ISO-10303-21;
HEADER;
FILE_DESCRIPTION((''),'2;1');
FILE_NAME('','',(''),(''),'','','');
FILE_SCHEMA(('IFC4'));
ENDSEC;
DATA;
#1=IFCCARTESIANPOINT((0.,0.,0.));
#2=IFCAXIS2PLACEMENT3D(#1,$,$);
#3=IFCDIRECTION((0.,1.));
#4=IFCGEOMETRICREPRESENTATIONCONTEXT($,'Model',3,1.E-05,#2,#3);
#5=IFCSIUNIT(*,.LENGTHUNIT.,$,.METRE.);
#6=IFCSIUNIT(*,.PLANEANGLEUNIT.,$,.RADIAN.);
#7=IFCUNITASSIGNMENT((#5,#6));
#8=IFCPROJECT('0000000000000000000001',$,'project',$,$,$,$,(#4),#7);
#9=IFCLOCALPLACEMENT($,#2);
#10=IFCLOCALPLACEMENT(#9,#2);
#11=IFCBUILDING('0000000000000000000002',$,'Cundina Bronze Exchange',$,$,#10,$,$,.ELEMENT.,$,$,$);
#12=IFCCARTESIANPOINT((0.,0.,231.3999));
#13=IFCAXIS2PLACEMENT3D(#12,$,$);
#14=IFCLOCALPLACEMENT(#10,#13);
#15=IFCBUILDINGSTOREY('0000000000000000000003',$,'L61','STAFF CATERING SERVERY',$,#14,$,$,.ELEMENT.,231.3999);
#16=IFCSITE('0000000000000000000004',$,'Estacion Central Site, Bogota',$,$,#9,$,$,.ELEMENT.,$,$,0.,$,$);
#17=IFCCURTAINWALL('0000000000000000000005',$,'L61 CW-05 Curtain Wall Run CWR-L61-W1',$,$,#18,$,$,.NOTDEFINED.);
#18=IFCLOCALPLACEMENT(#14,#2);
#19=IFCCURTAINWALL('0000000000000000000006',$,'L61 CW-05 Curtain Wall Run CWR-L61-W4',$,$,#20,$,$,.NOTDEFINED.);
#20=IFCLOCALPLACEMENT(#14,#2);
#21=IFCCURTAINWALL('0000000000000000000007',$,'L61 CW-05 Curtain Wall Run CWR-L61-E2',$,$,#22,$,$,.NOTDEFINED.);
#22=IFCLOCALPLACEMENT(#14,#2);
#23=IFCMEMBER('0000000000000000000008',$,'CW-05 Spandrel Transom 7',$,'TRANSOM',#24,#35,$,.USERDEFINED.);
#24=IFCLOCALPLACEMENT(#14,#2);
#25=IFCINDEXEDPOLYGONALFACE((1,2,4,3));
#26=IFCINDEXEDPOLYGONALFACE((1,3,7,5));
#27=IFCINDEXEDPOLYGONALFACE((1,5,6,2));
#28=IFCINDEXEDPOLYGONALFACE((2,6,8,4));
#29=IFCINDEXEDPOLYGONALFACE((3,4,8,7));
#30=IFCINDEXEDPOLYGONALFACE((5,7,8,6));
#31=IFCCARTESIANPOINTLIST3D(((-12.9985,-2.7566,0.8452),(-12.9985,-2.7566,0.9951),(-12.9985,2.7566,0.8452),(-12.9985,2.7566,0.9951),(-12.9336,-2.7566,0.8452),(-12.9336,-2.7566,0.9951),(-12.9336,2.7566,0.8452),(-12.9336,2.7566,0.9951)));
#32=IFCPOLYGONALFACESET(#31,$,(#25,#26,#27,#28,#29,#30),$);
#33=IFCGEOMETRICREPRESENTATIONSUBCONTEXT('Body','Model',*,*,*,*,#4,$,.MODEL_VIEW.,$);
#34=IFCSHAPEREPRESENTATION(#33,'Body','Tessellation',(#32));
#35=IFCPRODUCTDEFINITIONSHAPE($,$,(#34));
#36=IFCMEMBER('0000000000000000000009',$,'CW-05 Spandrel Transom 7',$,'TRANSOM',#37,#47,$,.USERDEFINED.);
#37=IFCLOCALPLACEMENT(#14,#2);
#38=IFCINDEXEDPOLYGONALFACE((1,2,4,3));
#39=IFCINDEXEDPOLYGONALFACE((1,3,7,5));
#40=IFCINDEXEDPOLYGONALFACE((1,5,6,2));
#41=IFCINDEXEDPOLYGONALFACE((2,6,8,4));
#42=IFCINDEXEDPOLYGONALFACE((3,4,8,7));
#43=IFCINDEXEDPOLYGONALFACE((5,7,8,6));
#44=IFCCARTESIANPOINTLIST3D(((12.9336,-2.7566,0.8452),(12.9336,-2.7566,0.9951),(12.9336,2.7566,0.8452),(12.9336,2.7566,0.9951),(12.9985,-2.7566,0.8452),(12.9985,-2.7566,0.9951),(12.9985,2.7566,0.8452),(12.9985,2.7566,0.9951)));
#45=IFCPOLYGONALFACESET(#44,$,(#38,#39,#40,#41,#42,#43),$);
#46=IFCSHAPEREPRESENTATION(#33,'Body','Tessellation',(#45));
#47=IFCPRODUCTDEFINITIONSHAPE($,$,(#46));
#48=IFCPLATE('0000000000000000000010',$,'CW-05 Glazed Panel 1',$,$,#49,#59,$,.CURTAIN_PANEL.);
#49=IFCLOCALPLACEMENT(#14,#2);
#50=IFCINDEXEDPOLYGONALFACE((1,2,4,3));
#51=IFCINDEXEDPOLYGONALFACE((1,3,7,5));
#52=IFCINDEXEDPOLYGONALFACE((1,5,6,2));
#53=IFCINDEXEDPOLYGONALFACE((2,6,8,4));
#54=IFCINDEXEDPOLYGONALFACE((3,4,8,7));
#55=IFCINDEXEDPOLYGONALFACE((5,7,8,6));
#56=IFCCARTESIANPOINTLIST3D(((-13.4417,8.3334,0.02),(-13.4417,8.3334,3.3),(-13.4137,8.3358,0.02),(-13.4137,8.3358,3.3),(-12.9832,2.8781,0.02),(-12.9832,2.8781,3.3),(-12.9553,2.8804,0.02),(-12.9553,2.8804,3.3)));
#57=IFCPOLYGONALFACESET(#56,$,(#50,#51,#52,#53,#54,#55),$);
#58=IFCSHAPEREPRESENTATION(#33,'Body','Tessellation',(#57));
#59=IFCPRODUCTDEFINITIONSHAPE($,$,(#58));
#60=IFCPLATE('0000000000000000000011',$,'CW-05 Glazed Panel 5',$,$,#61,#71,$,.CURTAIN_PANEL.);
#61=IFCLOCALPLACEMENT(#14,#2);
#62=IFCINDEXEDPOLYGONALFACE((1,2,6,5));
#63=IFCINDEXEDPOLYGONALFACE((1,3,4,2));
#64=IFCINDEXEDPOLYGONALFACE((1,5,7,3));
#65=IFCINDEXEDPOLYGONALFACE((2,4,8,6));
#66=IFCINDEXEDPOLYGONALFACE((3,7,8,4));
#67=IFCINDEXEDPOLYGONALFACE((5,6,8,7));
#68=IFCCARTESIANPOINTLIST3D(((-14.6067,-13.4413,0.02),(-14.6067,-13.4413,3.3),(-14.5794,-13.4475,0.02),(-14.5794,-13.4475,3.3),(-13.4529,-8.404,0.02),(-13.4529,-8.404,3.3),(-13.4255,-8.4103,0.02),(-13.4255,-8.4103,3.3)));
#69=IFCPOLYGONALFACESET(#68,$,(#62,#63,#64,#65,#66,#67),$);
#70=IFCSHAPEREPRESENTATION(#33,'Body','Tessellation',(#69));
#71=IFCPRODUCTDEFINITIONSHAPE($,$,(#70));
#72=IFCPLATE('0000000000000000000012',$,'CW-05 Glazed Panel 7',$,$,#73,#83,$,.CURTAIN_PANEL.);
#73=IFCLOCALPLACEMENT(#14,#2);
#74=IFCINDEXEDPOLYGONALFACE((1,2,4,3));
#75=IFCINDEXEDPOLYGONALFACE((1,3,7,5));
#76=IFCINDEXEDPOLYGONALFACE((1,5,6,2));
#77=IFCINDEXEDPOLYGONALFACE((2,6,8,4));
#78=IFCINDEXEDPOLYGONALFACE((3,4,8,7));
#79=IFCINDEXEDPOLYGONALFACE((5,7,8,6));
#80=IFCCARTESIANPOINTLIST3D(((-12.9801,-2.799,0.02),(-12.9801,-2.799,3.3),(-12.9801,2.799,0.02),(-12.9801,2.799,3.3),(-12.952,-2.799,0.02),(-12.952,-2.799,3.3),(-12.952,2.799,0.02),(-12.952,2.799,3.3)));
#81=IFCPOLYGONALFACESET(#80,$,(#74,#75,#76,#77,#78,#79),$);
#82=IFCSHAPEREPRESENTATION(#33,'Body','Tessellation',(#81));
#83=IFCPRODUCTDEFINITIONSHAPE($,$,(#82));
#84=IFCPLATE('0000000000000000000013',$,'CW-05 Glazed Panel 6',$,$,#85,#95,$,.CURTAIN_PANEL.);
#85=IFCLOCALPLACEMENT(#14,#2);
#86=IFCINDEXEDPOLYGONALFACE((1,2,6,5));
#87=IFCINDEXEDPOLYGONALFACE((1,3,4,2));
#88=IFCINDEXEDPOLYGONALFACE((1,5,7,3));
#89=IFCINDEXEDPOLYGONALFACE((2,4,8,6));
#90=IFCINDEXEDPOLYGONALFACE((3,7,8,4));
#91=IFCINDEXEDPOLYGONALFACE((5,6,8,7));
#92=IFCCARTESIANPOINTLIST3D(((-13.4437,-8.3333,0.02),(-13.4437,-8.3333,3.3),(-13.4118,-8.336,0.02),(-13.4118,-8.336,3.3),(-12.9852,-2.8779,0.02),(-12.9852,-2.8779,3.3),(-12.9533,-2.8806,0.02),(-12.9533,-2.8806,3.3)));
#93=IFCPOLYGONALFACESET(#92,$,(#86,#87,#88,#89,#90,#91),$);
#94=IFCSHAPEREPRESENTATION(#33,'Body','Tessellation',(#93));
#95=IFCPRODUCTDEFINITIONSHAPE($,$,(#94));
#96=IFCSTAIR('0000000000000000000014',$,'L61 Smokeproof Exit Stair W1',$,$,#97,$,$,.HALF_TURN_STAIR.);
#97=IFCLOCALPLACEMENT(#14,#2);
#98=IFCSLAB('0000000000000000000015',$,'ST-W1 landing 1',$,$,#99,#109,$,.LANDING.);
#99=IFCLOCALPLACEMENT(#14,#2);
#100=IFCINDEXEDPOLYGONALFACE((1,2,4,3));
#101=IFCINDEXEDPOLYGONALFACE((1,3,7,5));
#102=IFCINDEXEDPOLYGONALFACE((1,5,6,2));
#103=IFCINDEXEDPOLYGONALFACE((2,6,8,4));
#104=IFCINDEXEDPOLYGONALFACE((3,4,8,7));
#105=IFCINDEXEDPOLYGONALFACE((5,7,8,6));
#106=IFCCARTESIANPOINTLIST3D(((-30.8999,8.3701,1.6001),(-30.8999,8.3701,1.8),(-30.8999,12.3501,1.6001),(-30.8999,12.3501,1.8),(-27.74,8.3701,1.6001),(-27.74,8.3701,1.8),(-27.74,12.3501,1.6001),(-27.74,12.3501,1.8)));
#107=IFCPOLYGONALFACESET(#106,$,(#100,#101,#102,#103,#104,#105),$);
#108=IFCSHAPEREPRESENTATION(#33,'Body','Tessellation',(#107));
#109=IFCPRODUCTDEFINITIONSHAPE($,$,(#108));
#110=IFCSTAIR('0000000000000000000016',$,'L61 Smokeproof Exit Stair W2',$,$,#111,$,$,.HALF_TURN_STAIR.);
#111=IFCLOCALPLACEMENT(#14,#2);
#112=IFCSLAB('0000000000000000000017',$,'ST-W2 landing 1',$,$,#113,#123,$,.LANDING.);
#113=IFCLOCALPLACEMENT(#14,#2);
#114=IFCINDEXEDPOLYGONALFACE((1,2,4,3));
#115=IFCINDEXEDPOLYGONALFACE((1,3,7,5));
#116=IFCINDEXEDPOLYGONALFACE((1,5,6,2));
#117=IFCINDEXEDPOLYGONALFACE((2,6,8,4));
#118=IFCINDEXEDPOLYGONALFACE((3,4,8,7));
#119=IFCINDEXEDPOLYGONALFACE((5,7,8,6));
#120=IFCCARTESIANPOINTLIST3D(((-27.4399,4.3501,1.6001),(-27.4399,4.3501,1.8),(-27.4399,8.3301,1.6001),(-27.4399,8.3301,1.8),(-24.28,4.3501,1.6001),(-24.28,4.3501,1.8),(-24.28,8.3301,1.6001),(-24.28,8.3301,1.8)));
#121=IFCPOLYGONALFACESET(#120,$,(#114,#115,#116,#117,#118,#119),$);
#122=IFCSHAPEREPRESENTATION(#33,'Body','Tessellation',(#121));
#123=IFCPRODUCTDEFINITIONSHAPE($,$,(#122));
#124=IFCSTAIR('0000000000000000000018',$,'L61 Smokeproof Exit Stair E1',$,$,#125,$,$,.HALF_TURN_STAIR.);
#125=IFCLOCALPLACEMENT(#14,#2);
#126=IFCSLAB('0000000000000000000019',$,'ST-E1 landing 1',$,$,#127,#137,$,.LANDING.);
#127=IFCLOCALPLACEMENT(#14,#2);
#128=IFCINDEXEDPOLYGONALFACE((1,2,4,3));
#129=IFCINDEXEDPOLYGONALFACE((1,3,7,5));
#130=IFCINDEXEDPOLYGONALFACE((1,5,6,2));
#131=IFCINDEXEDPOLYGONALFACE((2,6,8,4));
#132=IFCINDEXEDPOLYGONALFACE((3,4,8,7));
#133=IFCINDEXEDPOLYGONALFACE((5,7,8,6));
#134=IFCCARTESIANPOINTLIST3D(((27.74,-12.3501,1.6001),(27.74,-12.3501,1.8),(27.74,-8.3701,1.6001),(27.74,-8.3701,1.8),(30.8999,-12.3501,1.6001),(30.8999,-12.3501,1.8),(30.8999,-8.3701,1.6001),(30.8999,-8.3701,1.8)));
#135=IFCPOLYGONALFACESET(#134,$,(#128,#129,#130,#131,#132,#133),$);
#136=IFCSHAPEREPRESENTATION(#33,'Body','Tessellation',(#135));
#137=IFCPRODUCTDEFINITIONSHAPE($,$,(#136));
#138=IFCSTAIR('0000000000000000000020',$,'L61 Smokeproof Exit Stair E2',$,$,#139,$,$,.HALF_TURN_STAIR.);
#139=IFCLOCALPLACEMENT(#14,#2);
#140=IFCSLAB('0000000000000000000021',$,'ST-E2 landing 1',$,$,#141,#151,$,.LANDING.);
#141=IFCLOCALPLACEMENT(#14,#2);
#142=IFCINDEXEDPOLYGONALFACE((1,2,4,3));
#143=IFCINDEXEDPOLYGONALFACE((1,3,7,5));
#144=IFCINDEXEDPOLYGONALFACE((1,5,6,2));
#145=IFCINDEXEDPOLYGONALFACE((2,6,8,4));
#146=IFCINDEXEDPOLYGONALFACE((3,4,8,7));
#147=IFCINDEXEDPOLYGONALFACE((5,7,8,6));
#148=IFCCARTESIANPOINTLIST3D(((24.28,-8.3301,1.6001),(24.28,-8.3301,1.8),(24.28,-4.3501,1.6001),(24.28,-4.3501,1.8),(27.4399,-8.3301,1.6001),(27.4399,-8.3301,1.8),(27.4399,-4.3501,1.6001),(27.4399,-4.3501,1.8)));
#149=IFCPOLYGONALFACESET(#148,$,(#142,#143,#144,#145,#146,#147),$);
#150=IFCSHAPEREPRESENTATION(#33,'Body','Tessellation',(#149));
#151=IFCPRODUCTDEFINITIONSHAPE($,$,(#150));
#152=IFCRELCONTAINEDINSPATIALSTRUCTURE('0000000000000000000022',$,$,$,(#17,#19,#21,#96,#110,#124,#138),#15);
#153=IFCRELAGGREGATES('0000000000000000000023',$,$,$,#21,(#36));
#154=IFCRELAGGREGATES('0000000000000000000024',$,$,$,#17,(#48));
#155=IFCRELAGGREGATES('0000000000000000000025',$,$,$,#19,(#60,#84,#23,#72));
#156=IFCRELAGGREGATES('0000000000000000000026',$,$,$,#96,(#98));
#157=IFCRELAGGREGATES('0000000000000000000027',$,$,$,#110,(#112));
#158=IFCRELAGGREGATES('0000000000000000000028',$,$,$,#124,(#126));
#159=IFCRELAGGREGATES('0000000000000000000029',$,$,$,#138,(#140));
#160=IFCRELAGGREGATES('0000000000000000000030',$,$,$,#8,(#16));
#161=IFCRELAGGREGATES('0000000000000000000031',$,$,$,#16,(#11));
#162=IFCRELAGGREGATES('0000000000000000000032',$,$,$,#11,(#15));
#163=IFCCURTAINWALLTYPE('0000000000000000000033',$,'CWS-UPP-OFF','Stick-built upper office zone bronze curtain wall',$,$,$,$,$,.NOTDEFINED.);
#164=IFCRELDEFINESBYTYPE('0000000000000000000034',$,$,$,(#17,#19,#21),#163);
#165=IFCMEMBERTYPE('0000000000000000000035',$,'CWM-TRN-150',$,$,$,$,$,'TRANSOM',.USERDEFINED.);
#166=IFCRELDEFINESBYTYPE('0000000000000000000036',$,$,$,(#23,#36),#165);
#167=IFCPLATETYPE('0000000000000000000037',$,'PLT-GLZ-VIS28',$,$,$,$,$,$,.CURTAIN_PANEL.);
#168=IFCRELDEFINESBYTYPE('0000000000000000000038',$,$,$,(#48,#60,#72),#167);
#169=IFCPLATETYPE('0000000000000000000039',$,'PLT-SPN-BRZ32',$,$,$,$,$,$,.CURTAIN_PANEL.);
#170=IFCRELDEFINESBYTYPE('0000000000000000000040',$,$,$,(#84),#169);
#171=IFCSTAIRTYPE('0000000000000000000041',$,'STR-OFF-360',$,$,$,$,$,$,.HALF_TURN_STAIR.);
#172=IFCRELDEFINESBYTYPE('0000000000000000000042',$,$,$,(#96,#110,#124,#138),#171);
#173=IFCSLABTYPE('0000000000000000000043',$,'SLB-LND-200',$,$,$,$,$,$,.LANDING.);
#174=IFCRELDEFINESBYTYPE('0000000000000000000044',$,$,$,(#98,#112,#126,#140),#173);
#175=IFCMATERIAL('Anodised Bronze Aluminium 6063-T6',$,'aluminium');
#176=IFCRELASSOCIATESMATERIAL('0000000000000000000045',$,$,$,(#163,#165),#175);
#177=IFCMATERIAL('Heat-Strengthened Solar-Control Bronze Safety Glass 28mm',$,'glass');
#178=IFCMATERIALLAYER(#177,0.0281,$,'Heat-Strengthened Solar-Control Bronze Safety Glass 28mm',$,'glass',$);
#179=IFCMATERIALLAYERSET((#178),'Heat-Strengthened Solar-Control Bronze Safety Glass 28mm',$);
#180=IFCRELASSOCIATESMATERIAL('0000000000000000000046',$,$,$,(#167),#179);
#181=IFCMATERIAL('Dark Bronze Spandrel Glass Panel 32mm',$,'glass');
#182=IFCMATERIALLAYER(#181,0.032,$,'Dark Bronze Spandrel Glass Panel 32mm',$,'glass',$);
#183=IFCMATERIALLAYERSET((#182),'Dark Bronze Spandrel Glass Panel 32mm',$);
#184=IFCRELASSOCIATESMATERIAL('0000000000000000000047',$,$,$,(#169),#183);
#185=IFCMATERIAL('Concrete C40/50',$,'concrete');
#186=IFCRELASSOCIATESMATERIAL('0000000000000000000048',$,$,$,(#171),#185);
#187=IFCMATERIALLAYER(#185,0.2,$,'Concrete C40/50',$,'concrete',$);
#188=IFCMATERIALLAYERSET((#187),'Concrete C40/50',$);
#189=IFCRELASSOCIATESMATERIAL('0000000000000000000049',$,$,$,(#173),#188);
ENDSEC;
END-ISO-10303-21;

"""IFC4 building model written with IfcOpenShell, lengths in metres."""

from ifc_helpers import new_model, si_unit, direction, frame, origin, origin_2d, place, context, subcontext, project, spatial, polyline, rectangle, outline, extrude, material, layer, layer_set, material_profile, profile_set, type_object, element, aggregate, save


model = new_model("IFC4")

# Units and contexts
model_context = context("Model", 3, precision=1e-05, world=origin(), true_north=direction((0.0, 1.0)))
body_context = subcontext(model_context, "Body", "Model", "MODEL_VIEW")
ifc_project = project(units=[si_unit("LENGTHUNIT", "METRE"), si_unit("PLANEANGLEUNIT", "RADIAN")], contexts=[model_context])

# Site, building, storey
site_placement = place(None, origin())
site = spatial("IfcSite", under=ifc_project, at=site_placement, Name="Estacion Central Site, Bogota", CompositionType="ELEMENT", RefElevation=0.0)
building_placement = place(site_placement, origin())
building = spatial("IfcBuilding", under=site, at=building_placement, Name="Cundina Bronze Exchange", CompositionType="ELEMENT")
storey_placement = place(building_placement, frame((0.0, 0.0, 231.3999)))
storey = spatial("IfcBuildingStorey", under=building, at=storey_placement, Name="L61", Description="STAFF CATERING SERVERY", CompositionType="ELEMENT", Elevation=231.3999)

# Curtain wall
ifc_material_1 = material(Name="Anodised Bronze Aluminium 6063-T6", Category="aluminium")
curtain_wall_type = type_object("IfcCurtainWallType", Name="CWS-UPP-OFF", Description="Stick-built upper office zone bronze curtain wall", PredefinedType="NOTDEFINED", material=ifc_material_1)
curtain_wall_1_placement = place(storey_placement, origin())
curtain_wall_1 = element("IfcCurtainWall", 1, at=curtain_wall_1_placement, inside=storey, type_object=curtain_wall_type, Name="L61 CW-05 Curtain Wall Run CWR-L61-W1", PredefinedType="NOTDEFINED")

# Curtain walls
curtain_wall_2_placement = place(storey_placement, origin())
curtain_wall_2 = element("IfcCurtainWall", 2, at=curtain_wall_2_placement, inside=storey, type_object=curtain_wall_type, Name="L61 CW-05 Curtain Wall Run CWR-L61-W4", PredefinedType="NOTDEFINED")
curtain_wall_3_placement = place(storey_placement, origin())
curtain_wall_3 = element("IfcCurtainWall", 3, at=curtain_wall_3_placement, inside=storey, type_object=curtain_wall_type, Name="L61 CW-05 Curtain Wall Run CWR-L61-E2", PredefinedType="NOTDEFINED")

# Members
ifc_material_profile_1 = material_profile(ifc_material_1, rectangle(XDim=0.0649, YDim=0.1499, at=origin_2d()), Name="AL65X150", Category="aluminium")
ifc_profile_set_1 = profile_set([ifc_material_profile_1], Name="Anodised Bronze Aluminium 6063-T6")
member_type_1 = type_object("IfcMemberType", Name="CWM-TRN-150", ElementType="TRANSOM", PredefinedType="USERDEFINED", material=ifc_profile_set_1)
member_1_placement = place(storey_placement, frame((-12.9661, -2.7566, 0.9202), z_axis=(0.0, 1.0, 0.0), x_axis=(-1.0, 0.0, 0.0)))
member_1 = element("IfcMember", 4, at=member_1_placement, type_object=member_type_1, Name="CW-05 Spandrel Transom 7", ObjectType="TRANSOM", PredefinedType="USERDEFINED", context=body_context, shape_type="SweptSolid", body=[
    extrude(rectangle(XDim=0.0649, YDim=0.1499, at=origin_2d()), origin(), (0.0, 0.0, 1.0), 5.5132),
])
member_2_placement = place(storey_placement, frame((12.9661, 2.7566, 0.9202), z_axis=(0.0, -1.0, 0.0), x_axis=(1.0, 0.0, 0.0)))
member_2 = element("IfcMember", 5, at=member_2_placement, type_object=member_type_1, Name="CW-05 Spandrel Transom 7", ObjectType="TRANSOM", PredefinedType="USERDEFINED", context=body_context, shape_type="SweptSolid", body=[
    extrude(rectangle(XDim=0.0649, YDim=0.1499, at=origin_2d()), origin(), (0.0, 0.0, 1.0), 5.5132),
])
aggregate(curtain_wall_3, [member_2])

# Plates
ifc_material_2 = material(Name="Heat-Strengthened Solar-Control Bronze Safety Glass 28mm", Category="glass")
ifc_layer_1 = layer(ifc_material_2, 0.0281, Name="Heat-Strengthened Solar-Control Bronze Safety Glass 28mm", Category="glass")
ifc_layer_set_1 = layer_set([ifc_layer_1], Name="Heat-Strengthened Solar-Control Bronze Safety Glass 28mm")
plate_type_1 = type_object("IfcPlateType", Name="PLT-GLZ-VIS28", PredefinedType="CURTAIN_PANEL", material=ifc_layer_set_1)
plate_1_placement = place(storey_placement, frame((-13.1985, 5.6069, 0.02), z_axis=(0.0, 0.0, 1.0), x_axis=(-0.083747, 0.996487, 0.0)))
plate_1 = element("IfcPlate", 6, at=plate_1_placement, type_object=plate_type_1, Name="CW-05 Glazed Panel 1", PredefinedType="CURTAIN_PANEL", context=body_context, shape_type="SweptSolid", body=[
    extrude(rectangle(XDim=5.4746, YDim=0.0281, at=origin_2d()), origin(), (0.0, 0.0, 1.0), 3.28),
])
aggregate(curtain_wall_1, [plate_1])
plate_2_placement = place(storey_placement, frame((-14.0161, -10.9258, 0.02), z_axis=(0.0, 0.0, 1.0), x_axis=(0.223284, 0.974753, 0.0)))
plate_2 = element("IfcPlate", 7, at=plate_2_placement, type_object=plate_type_1, Name="CW-05 Glazed Panel 5", PredefinedType="CURTAIN_PANEL", context=body_context, shape_type="SweptSolid", body=[
    extrude(rectangle(XDim=5.1677, YDim=0.0281, at=origin_2d()), origin(), (0.0, 0.0, 1.0), 3.28),
])
plate_3_placement = place(storey_placement, frame((-12.9661, 0.0, 0.02), z_axis=(0.0, 0.0, 1.0), x_axis=(0.0, 1.0, 0.0)))
plate_3 = element("IfcPlate", 8, at=plate_3_placement, type_object=plate_type_1, Name="CW-05 Glazed Panel 7", PredefinedType="CURTAIN_PANEL", context=body_context, shape_type="SweptSolid", body=[
    extrude(rectangle(XDim=5.5979, YDim=0.0281, at=origin_2d()), origin(), (0.0, 0.0, 1.0), 3.28),
])
ifc_material_3 = material(Name="Dark Bronze Spandrel Glass Panel 32mm", Category="glass")
ifc_layer_2 = layer(ifc_material_3, 0.032, Name="Dark Bronze Spandrel Glass Panel 32mm", Category="glass")
ifc_layer_set_2 = layer_set([ifc_layer_2], Name="Dark Bronze Spandrel Glass Panel 32mm")
plate_type_2 = type_object("IfcPlateType", Name="PLT-SPN-BRZ32", PredefinedType="CURTAIN_PANEL", material=ifc_layer_set_2)
plate_4_placement = place(storey_placement, frame((-13.1985, -5.6069, 0.02), z_axis=(0.0, 0.0, 1.0), x_axis=(0.083747, 0.996487, 0.0)))
plate_4 = element("IfcPlate", 9, at=plate_4_placement, type_object=plate_type_2, Name="CW-05 Glazed Panel 6", PredefinedType="CURTAIN_PANEL", context=body_context, shape_type="SweptSolid", body=[
    extrude(rectangle(XDim=5.4746, YDim=0.032, at=origin_2d()), origin(), (0.0, 0.0, 1.0), 3.28),
])
aggregate(curtain_wall_2, [plate_2, plate_4, member_1, plate_3])

# Stairs, slabs
ifc_material_4 = material(Name="Concrete C40/50", Category="concrete")
stair_type = type_object("IfcStairType", Name="STR-OFF-360", PredefinedType="HALF_TURN_STAIR", material=ifc_material_4)
stair_1_placement = place(storey_placement, origin())
stair_1 = element("IfcStair", 10, at=stair_1_placement, inside=storey, type_object=stair_type, Name="L61 Smokeproof Exit Stair W1", PredefinedType="HALF_TURN_STAIR")
ifc_layer_3 = layer(ifc_material_4, 0.2, Name="Concrete C40/50", Category="concrete")
ifc_layer_set_3 = layer_set([ifc_layer_3], Name="Concrete C40/50")
slab_type_1 = type_object("IfcSlabType", Name="SLB-LND-200", PredefinedType="LANDING", material=ifc_layer_set_3)
slab_1_placement = place(storey_placement, frame((0.0, 0.0, 1.6001)))
slab_1 = element("IfcSlab", 11, at=slab_1_placement, type_object=slab_type_1, Name="ST-W1 landing 1", PredefinedType="LANDING", context=body_context, shape_type="SweptSolid", body=[
    extrude(outline(polyline([(-27.74, 8.3701), (-27.74, 12.3501), (-30.8999, 12.3501), (-30.8999, 8.3701), (-27.74, 8.3701)])), origin(), (0.0, 0.0, 1.0), 0.2),
])
aggregate(stair_1, [slab_1])
stair_2_placement = place(storey_placement, origin())
stair_2 = element("IfcStair", 12, at=stair_2_placement, inside=storey, type_object=stair_type, Name="L61 Smokeproof Exit Stair W2", PredefinedType="HALF_TURN_STAIR")
slab_2_placement = place(storey_placement, frame((0.0, 0.0, 1.6001)))
slab_2 = element("IfcSlab", 13, at=slab_2_placement, type_object=slab_type_1, Name="ST-W2 landing 1", PredefinedType="LANDING", context=body_context, shape_type="SweptSolid", body=[
    extrude(outline(polyline([(-27.4399, 8.3301), (-27.4399, 4.3501), (-24.28, 4.3501), (-24.28, 8.3301), (-27.4399, 8.3301)])), origin(), (0.0, 0.0, 1.0), 0.2),
])
aggregate(stair_2, [slab_2])
stair_3_placement = place(storey_placement, origin())
stair_3 = element("IfcStair", 14, at=stair_3_placement, inside=storey, type_object=stair_type, Name="L61 Smokeproof Exit Stair E1", PredefinedType="HALF_TURN_STAIR")
slab_3_placement = place(storey_placement, frame((0.0, 0.0, 1.6001)))
slab_3 = element("IfcSlab", 15, at=slab_3_placement, type_object=slab_type_1, Name="ST-E1 landing 1", PredefinedType="LANDING", context=body_context, shape_type="SweptSolid", body=[
    extrude(outline(polyline([(27.74, -8.3701), (27.74, -12.3501), (30.8999, -12.3501), (30.8999, -8.3701), (27.74, -8.3701)])), origin(), (0.0, 0.0, 1.0), 0.2),
])
aggregate(stair_3, [slab_3])
stair_4_placement = place(storey_placement, origin())
stair_4 = element("IfcStair", 16, at=stair_4_placement, inside=storey, type_object=stair_type, Name="L61 Smokeproof Exit Stair E2", PredefinedType="HALF_TURN_STAIR")
slab_4_placement = place(storey_placement, frame((0.0, 0.0, 1.6001)))
slab_4 = element("IfcSlab", 17, at=slab_4_placement, type_object=slab_type_1, Name="ST-E2 landing 1", PredefinedType="LANDING", context=body_context, shape_type="SweptSolid", body=[
    extrude(outline(polyline([(27.4399, -8.3301), (27.4399, -4.3501), (24.28, -4.3501), (24.28, -8.3301), (27.4399, -8.3301)])), origin(), (0.0, 0.0, 1.0), 0.2),
])
aggregate(stair_4, [slab_4])

save(model, "model.ifc")
